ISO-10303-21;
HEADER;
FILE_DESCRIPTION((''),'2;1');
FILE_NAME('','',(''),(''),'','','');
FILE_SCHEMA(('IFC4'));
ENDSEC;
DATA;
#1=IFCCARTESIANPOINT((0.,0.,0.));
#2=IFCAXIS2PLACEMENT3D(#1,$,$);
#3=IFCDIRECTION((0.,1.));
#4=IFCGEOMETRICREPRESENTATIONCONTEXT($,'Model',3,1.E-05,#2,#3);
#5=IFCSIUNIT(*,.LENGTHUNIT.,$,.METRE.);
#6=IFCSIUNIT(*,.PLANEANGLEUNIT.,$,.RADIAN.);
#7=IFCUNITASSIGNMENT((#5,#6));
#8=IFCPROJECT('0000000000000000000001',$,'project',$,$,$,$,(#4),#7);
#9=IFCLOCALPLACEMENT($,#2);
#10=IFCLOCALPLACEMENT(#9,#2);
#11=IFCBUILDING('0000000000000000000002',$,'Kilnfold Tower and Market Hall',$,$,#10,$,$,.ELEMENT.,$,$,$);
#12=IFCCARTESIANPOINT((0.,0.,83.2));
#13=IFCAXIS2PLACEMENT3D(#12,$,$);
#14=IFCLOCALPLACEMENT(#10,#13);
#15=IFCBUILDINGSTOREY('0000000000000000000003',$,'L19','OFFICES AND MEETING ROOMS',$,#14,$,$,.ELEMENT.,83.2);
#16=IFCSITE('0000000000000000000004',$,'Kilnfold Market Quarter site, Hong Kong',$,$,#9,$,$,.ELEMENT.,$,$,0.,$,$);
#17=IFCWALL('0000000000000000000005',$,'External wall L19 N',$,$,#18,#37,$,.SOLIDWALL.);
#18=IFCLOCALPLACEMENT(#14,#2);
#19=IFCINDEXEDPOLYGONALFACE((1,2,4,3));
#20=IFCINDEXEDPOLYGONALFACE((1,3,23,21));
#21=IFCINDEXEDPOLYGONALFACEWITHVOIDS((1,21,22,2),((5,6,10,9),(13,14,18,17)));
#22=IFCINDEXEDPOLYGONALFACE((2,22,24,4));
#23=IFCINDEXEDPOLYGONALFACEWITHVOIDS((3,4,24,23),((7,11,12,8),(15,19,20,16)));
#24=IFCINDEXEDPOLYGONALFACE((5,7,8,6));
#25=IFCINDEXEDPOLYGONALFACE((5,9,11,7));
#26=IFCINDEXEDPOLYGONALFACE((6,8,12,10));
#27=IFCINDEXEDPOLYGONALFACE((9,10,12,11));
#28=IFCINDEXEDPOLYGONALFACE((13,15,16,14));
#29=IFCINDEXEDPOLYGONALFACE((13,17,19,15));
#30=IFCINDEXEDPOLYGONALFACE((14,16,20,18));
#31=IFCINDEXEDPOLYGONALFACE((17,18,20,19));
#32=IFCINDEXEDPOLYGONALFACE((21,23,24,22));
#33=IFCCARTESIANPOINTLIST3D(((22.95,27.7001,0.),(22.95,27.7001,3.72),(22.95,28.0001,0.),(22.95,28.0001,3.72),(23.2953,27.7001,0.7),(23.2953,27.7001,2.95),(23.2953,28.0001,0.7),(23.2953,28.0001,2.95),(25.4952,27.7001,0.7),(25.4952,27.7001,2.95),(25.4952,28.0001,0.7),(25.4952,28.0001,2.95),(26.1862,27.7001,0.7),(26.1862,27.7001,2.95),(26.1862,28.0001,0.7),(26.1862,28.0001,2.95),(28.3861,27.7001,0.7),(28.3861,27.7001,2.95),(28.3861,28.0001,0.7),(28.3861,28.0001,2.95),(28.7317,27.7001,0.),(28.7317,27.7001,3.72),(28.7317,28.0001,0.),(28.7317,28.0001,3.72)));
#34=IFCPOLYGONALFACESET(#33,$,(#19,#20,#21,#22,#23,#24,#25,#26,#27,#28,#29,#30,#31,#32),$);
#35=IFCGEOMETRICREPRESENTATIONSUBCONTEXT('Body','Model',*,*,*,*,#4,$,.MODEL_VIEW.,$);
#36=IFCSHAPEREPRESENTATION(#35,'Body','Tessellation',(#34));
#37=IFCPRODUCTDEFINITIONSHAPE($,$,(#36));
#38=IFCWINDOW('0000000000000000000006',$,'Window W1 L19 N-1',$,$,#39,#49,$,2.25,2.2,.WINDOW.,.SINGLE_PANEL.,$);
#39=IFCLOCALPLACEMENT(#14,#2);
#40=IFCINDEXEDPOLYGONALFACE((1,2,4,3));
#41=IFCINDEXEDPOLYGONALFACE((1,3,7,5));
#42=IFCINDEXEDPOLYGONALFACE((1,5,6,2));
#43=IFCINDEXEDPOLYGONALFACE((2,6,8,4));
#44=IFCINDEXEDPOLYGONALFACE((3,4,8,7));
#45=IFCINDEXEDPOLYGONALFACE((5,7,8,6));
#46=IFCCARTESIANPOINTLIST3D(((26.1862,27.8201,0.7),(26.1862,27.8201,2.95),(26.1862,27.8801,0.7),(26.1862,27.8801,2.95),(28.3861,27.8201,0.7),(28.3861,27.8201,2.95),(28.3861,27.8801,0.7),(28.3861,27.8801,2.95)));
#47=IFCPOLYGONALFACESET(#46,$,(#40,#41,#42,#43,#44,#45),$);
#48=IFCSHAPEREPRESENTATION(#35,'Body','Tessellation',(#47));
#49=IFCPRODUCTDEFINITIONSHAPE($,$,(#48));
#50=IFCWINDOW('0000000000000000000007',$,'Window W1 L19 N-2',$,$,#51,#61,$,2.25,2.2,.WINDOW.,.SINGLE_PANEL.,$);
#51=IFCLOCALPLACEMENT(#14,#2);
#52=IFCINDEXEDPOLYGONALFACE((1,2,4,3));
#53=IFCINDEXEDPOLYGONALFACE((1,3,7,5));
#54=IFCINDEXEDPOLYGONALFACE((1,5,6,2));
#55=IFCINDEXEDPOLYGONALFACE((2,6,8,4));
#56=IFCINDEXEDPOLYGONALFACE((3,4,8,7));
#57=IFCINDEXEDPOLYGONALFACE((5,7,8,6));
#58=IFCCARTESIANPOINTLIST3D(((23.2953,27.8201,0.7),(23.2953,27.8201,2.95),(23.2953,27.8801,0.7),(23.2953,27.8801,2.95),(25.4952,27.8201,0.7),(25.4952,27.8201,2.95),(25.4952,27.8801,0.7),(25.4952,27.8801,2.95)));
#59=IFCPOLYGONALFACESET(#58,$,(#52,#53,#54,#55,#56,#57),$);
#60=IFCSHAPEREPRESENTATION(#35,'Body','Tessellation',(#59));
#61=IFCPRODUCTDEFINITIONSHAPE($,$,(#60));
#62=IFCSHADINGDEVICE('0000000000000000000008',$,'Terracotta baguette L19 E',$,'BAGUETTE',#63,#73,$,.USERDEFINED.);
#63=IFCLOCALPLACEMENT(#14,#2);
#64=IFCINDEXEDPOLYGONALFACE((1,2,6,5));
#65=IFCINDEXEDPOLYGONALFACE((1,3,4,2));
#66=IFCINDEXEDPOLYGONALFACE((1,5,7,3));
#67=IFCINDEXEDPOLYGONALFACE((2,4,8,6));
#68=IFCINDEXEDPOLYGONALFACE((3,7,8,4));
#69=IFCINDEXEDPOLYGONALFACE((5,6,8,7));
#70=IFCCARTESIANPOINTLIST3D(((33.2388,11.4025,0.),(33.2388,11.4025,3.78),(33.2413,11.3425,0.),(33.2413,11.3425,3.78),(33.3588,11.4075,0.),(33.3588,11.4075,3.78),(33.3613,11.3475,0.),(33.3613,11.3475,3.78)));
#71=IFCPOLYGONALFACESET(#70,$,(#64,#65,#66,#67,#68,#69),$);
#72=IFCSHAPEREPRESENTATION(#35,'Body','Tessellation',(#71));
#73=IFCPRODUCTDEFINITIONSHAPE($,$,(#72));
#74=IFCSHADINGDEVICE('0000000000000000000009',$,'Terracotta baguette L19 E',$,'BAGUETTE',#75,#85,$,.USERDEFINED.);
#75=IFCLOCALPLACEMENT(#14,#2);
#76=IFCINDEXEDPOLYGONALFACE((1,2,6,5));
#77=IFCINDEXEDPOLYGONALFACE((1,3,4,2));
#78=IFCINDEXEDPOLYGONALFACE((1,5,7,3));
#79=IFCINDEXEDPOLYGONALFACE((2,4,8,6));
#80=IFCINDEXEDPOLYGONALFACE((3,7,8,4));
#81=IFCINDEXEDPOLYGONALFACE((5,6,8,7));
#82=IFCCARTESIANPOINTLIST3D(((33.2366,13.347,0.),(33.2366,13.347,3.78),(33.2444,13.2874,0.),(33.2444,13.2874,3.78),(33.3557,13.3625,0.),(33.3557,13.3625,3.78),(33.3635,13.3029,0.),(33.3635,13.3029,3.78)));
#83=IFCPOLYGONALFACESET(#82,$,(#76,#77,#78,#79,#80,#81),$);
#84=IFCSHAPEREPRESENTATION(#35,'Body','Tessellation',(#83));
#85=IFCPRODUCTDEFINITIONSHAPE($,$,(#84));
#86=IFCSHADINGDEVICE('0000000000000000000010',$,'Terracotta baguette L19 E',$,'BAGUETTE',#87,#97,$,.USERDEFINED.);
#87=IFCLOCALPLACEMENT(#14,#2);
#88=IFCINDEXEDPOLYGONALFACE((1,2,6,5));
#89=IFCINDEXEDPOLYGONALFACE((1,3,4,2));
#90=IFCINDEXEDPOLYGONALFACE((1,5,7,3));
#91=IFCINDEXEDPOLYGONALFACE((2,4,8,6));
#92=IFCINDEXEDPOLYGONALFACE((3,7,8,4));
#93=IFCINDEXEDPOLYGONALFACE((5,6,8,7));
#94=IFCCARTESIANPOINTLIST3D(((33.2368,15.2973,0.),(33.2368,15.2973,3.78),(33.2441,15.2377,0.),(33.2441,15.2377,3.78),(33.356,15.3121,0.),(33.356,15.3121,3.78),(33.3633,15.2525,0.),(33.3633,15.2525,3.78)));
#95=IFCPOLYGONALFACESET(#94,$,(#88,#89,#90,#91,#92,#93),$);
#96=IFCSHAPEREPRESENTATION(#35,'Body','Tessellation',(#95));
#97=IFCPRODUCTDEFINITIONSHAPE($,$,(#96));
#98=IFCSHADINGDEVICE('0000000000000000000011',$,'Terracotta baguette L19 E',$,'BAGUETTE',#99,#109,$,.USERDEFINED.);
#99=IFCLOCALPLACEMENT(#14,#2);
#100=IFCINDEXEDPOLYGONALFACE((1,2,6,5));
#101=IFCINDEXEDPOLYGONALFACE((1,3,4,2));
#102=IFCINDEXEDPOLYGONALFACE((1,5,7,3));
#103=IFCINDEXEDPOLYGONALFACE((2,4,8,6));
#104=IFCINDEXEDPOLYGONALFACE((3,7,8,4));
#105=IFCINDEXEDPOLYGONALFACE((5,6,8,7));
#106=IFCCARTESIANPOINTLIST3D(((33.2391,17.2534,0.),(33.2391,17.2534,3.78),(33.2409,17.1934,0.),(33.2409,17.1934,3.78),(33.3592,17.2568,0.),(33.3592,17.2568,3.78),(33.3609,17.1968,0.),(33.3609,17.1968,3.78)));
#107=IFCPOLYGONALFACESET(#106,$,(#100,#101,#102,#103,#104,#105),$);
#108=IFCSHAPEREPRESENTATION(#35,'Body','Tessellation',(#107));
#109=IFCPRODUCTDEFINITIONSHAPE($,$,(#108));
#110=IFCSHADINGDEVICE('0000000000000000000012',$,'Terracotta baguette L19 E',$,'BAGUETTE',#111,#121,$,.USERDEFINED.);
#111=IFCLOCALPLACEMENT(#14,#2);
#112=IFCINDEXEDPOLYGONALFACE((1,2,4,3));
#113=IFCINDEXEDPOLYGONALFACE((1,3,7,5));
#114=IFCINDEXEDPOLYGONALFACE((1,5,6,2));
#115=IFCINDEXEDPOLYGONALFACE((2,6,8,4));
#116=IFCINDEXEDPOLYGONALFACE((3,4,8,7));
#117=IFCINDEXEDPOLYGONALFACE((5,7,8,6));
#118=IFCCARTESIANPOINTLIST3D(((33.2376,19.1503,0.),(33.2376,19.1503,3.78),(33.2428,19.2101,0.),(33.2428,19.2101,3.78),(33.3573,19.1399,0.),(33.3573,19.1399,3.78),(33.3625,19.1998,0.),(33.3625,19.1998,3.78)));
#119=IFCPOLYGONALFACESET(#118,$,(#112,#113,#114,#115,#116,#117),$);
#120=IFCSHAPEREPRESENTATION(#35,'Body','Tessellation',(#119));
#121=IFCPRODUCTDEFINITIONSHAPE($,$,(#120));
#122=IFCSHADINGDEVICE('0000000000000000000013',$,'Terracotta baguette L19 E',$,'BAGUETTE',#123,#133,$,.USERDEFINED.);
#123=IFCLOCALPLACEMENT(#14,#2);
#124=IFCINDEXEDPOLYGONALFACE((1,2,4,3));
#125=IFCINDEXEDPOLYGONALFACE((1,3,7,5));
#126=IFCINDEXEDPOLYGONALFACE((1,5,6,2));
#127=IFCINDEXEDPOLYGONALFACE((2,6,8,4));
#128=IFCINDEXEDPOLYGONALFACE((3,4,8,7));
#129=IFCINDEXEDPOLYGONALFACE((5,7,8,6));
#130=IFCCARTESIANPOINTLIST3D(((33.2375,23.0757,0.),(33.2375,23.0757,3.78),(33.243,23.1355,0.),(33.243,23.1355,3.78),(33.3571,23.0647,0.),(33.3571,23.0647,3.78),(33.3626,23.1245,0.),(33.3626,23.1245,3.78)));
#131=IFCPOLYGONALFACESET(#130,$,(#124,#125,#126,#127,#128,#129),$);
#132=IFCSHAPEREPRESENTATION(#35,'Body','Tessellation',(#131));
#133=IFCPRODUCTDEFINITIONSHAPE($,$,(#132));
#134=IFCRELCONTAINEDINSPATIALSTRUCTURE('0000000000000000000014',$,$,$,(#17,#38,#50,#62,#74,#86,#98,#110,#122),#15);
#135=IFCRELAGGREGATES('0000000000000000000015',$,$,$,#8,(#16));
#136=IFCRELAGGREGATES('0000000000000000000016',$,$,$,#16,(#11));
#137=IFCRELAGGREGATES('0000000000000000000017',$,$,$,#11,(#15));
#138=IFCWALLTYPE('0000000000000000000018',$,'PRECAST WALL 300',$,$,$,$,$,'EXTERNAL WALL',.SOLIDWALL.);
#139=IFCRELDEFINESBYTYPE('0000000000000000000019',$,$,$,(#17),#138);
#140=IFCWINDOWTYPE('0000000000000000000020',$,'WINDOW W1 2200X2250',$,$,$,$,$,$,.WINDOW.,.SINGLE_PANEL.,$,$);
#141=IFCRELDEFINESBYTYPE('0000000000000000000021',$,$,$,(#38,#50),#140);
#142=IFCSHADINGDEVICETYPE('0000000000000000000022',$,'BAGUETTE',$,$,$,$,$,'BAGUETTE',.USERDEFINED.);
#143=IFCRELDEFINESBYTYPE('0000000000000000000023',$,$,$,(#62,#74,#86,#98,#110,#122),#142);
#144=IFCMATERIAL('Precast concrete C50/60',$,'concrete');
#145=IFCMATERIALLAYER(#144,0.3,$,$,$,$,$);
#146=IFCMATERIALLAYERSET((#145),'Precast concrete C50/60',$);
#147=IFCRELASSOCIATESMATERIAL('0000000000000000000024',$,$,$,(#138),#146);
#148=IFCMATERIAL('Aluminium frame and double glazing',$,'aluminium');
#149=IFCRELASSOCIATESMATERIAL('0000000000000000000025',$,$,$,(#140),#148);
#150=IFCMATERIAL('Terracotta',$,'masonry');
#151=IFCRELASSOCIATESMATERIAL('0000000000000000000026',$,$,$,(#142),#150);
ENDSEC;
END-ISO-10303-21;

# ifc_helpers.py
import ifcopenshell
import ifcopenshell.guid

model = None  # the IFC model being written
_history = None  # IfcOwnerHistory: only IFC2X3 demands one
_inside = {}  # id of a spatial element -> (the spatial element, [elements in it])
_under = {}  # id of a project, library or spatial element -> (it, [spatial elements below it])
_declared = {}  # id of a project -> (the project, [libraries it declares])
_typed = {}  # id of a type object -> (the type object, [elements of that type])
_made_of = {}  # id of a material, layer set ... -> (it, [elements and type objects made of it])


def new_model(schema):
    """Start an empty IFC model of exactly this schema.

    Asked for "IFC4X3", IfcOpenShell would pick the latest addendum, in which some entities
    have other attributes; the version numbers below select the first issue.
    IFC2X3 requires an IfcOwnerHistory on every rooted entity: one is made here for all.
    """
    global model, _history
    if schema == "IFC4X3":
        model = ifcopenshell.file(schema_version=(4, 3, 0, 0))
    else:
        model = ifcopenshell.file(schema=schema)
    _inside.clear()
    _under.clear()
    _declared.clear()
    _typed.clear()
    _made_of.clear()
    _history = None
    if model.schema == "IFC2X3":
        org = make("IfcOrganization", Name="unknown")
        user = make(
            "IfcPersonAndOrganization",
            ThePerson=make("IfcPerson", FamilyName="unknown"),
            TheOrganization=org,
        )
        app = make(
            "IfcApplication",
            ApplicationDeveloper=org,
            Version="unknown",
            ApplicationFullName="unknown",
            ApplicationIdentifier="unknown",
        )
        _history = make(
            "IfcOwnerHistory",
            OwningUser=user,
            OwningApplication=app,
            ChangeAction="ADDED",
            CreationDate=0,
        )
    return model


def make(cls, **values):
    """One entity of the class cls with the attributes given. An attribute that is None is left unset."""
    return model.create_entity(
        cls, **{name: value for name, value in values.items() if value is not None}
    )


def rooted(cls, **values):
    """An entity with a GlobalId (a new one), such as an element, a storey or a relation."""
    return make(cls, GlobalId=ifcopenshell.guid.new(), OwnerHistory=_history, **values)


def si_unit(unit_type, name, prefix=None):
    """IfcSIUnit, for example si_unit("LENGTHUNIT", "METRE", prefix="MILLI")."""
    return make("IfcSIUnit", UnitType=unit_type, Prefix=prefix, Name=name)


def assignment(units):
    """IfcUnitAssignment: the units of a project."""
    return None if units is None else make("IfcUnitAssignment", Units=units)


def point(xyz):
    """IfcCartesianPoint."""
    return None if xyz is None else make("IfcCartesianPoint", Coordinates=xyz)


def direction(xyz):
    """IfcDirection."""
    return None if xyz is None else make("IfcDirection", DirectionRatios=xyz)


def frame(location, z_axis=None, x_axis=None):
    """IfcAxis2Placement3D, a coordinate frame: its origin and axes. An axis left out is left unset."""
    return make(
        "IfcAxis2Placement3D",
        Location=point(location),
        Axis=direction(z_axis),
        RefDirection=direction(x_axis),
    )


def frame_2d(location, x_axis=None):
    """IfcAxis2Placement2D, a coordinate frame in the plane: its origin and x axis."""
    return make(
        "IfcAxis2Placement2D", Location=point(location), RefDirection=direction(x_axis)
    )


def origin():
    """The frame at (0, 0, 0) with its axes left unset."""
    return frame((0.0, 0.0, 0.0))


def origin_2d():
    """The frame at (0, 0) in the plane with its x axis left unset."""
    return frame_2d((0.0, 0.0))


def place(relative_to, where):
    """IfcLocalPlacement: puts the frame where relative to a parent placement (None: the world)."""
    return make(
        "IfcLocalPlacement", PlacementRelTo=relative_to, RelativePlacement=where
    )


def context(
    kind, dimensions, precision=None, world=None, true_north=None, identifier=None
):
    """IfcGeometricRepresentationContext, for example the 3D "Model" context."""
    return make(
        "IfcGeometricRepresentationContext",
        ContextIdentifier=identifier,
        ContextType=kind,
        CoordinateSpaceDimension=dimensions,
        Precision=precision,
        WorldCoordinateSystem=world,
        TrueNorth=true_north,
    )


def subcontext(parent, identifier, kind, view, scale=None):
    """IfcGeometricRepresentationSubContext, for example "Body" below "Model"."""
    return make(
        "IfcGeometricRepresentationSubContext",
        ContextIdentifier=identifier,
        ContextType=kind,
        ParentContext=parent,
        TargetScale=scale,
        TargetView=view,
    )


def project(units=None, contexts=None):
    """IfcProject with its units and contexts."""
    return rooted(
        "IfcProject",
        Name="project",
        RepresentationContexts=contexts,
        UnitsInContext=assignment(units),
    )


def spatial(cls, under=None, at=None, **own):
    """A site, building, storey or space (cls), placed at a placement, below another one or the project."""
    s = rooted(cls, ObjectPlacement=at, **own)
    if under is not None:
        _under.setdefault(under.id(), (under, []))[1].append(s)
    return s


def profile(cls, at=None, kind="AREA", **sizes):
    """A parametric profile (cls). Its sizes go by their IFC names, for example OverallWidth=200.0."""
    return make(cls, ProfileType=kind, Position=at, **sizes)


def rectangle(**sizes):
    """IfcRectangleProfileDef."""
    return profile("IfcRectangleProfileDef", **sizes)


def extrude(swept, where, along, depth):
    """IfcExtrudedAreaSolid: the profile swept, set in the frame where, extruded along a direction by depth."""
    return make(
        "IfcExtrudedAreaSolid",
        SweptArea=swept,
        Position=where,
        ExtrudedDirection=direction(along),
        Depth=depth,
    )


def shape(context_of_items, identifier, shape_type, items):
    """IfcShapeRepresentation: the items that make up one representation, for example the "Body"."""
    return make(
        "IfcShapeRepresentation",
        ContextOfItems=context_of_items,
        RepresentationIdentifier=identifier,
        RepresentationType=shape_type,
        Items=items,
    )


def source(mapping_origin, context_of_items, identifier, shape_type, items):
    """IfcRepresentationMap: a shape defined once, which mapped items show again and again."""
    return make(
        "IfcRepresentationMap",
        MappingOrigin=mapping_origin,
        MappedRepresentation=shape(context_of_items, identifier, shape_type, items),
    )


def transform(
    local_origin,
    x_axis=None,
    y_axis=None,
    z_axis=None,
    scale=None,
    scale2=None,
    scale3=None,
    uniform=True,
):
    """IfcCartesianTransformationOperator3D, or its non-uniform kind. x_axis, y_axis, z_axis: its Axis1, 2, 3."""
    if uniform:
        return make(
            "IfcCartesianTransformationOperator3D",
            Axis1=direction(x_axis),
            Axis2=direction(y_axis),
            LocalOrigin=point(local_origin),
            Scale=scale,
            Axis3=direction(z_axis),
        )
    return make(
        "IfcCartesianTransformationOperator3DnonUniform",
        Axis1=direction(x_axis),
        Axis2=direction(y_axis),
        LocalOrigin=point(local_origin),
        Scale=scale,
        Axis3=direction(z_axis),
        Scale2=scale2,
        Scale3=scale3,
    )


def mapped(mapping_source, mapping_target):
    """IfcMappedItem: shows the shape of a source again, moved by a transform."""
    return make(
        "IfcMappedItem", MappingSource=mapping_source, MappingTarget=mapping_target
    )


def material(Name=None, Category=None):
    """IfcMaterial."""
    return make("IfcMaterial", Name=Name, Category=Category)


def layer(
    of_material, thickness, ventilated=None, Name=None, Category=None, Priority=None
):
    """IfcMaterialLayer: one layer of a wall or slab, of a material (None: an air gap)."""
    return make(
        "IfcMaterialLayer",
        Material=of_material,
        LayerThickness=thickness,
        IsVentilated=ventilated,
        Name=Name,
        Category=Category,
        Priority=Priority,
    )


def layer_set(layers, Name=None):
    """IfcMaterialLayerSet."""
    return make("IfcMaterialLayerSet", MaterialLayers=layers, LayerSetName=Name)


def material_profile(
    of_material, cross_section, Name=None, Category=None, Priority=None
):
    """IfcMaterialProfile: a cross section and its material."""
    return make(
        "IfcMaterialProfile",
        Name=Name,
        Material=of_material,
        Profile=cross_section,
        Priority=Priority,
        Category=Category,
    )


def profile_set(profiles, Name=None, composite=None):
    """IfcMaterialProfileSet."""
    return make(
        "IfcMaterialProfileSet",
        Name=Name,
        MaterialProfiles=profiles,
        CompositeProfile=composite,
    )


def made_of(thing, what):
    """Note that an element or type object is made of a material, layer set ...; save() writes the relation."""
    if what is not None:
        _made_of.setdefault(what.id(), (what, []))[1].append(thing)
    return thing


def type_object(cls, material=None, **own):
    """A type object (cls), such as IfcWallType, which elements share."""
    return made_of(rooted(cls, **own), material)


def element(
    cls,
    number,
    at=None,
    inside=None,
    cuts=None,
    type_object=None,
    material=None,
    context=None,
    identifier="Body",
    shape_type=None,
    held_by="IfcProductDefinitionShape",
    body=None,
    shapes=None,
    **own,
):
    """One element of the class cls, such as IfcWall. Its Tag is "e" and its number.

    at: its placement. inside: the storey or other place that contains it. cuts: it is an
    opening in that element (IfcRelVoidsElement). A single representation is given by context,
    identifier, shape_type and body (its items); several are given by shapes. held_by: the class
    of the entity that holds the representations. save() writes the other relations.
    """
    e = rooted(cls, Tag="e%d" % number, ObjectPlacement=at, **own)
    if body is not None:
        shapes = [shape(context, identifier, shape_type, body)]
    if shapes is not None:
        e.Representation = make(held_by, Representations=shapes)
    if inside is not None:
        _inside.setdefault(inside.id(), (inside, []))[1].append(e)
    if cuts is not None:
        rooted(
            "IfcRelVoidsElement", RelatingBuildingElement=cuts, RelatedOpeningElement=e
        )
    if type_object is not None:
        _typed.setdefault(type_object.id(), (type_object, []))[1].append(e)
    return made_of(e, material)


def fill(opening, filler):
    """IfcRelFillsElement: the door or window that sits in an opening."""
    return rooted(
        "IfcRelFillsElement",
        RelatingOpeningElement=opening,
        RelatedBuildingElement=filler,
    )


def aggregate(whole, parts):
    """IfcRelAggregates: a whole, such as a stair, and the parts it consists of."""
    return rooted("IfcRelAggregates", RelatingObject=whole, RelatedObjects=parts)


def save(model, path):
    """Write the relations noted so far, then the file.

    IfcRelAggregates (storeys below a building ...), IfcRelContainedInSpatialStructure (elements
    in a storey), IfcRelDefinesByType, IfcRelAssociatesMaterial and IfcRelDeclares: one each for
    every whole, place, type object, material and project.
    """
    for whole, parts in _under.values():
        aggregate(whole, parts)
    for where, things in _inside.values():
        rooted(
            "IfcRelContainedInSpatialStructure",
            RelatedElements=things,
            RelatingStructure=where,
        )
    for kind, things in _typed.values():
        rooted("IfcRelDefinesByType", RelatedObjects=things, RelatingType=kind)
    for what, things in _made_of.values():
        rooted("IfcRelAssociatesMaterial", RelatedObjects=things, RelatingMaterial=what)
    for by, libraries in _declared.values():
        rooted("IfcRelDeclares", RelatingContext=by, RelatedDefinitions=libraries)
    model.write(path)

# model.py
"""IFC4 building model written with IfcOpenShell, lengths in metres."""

from ifc_helpers import new_model, si_unit, direction, frame, frame_2d, origin, origin_2d, place, context, subcontext, project, spatial, rectangle, extrude, source, transform, mapped, material, layer, layer_set, material_profile, profile_set, type_object, element, fill, save


model = new_model("IFC4")

# Units and contexts
model_context = context("Model", 3, precision=1e-05, world=origin(), true_north=direction((0.0, 1.0)))
body_context = subcontext(model_context, "Body", "Model", "MODEL_VIEW")
ifc_project = project(units=[si_unit("LENGTHUNIT", "METRE"), si_unit("PLANEANGLEUNIT", "RADIAN")], contexts=[model_context])

# Site, building, storey
site_placement = place(None, origin())
site = spatial("IfcSite", under=ifc_project, at=site_placement, Name="Kilnfold Market Quarter site, Hong Kong", CompositionType="ELEMENT", RefElevation=0.0)
building_placement = place(site_placement, origin())
building = spatial("IfcBuilding", under=site, at=building_placement, Name="Kilnfold Tower and Market Hall", CompositionType="ELEMENT")
storey_placement = place(building_placement, frame((0.0, 0.0, 83.2)))
storey = spatial("IfcBuildingStorey", under=building, at=storey_placement, Name="L19", Description="OFFICES AND MEETING ROOMS", CompositionType="ELEMENT", Elevation=83.2)

# Shared definitions
ifc_material_1 = material(Name="Precast concrete C50/60", Category="concrete")
ifc_layer_1 = layer(ifc_material_1, 0.3)
ifc_layer_set_1 = layer_set([ifc_layer_1], Name="Precast concrete C50/60")
wall_type_1 = type_object("IfcWallType", Name="PRECAST WALL 300", ElementType="EXTERNAL WALL", PredefinedType="SOLIDWALL", material=ifc_layer_set_1)

# Shared definitions
ifc_material_2 = material(Name="Aluminium frame and double glazing", Category="aluminium")
window_type = type_object("IfcWindowType", Name="WINDOW W1 2200X2250", PartitioningType="SINGLE_PANEL", PredefinedType="WINDOW", material=ifc_material_2)

# Wall, openings, windows
shared_shape_1 = source(origin(), body_context, "Body", "SweptSolid", [
    extrude(rectangle(XDim=5.7817, YDim=0.3, at=frame_2d((2.8909, 0.0))), origin(), (0.0, 0.0, 1.0), 3.72),
])
wall_1_placement = place(storey_placement, frame((28.7317, 27.8501, 0.0), z_axis=(0.0, 0.0, 1.0), x_axis=(-1.0, 0.0, 0.0)))
wall_1 = element("IfcWall", 1, at=wall_1_placement, inside=storey, type_object=wall_type_1, Name="External wall L19 N", PredefinedType="SOLIDWALL", context=body_context, shape_type="MappedRepresentation", body=[
    mapped(shared_shape_1, transform((0.0, 0.0, 0.0))),
])
opening_1_placement = place(wall_1_placement, frame((0.3455, 0.0, 0.7)))
opening_1 = element("IfcOpeningElement", 2, at=opening_1_placement, cuts=wall_1, PredefinedType="OPENING", context=body_context, shape_type="SweptSolid", body=[
    extrude(rectangle(XDim=2.2, YDim=2.25, at=frame_2d((1.1001, 1.125))), frame((0.0, 0.1602, 0.0), z_axis=(0.0, -1.0, 0.0), x_axis=(1.0, 0.0, 0.0)), (0.0, 0.0, 1.0), 0.3201),
])
opening_2_placement = place(wall_1_placement, frame((3.2363, 0.0, 0.7)))
opening_2 = element("IfcOpeningElement", 3, at=opening_2_placement, cuts=wall_1, PredefinedType="OPENING", context=body_context, shape_type="SweptSolid", body=[
    extrude(rectangle(XDim=2.2, YDim=2.25, at=frame_2d((1.1001, 1.125))), frame((0.0, 0.1602, 0.0), z_axis=(0.0, -1.0, 0.0), x_axis=(1.0, 0.0, 0.0)), (0.0, 0.0, 1.0), 0.3201),
])
window_1_placement = place(opening_1_placement, origin())
window_1 = element("IfcWindow", 4, at=window_1_placement, inside=storey, type_object=window_type, Name="Window W1 L19 N-1", OverallHeight=2.25, OverallWidth=2.2, PartitioningType="SINGLE_PANEL", PredefinedType="WINDOW", context=body_context, shape_type="SweptSolid", body=[
    extrude(rectangle(XDim=2.2, YDim=2.25, at=frame_2d((1.1001, 1.125))), frame((0.0, 0.03, 0.0), z_axis=(0.0, -1.0, 0.0), x_axis=(1.0, 0.0, 0.0)), (0.0, 0.0, 1.0), 0.0601),
])
fill(opening_1, window_1)
window_2_placement = place(opening_2_placement, origin())
window_2 = element("IfcWindow", 5, at=window_2_placement, inside=storey, type_object=window_type, Name="Window W1 L19 N-2", OverallHeight=2.25, OverallWidth=2.2, PartitioningType="SINGLE_PANEL", PredefinedType="WINDOW", context=body_context, shape_type="SweptSolid", body=[
    extrude(rectangle(XDim=2.2, YDim=2.25, at=frame_2d((1.1001, 1.125))), frame((0.0, 0.03, 0.0), z_axis=(0.0, -1.0, 0.0), x_axis=(1.0, 0.0, 0.0)), (0.0, 0.0, 1.0), 0.0601),
])
fill(opening_2, window_2)

# Shading devices
ifc_material_3 = material(Name="Terracotta", Category="masonry")
ifc_material_profile_1 = material_profile(ifc_material_3, rectangle(XDim=0.0601, YDim=0.1201, at=origin_2d()), Name="BAG 60x120")
ifc_profile_set_1 = profile_set([ifc_material_profile_1], Name="Terracotta")
shading_device_type = type_object("IfcShadingDeviceType", Name="BAGUETTE", ElementType="BAGUETTE", PredefinedType="USERDEFINED", material=ifc_profile_set_1)
shared_shape_2 = source(origin(), body_context, "Body", "SweptSolid", [
    extrude(rectangle(XDim=0.0601, YDim=0.1201, at=origin_2d()), origin(), (0.0, 0.0, 1.0), 3.78),
])
for number, where, z_axis, x_axis, name in (
    (6, (33.3, 11.375, 0.0), (0.0, 0.0, 1.0), (-0.042343, 0.999103, 0.0), "Terracotta baguette L19 E"),
    (7, (33.3, 13.325, 0.0), (0.0, 0.0, 1.0), (-0.128918, 0.991655, 0.0), "Terracotta baguette L19 E"),
    (8, (33.3, 15.2749, 0.0), (0.0, 0.0, 1.0), (-0.123033, 0.992403, 0.0), "Terracotta baguette L19 E"),
    (9, (33.3, 17.2251, 0.0), (0.0, 0.0, 1.0), (-0.028817, 0.999585, 0.0), "Terracotta baguette L19 E"),
    (10, (33.3, 19.175, 0.0), (0.0, 0.0, 1.0), (0.086297, 0.996269, 0.0), "Terracotta baguette L19 E"),
    (11, (33.3, 23.1001, 0.0), (0.0, 0.0, 1.0), (0.091184, 0.995834, 0.0), "Terracotta baguette L19 E"),
):
    element("IfcShadingDevice", number, at=place(storey_placement, frame(where, z_axis=z_axis, x_axis=x_axis)), inside=storey, type_object=shading_device_type, Name=name, ObjectType="BAGUETTE", PredefinedType="USERDEFINED", context=body_context, shape_type="MappedRepresentation", body=[
        mapped(shared_shape_2, transform((0.0, 0.0, 0.0))),
    ])

save(model, "model.ifc")
